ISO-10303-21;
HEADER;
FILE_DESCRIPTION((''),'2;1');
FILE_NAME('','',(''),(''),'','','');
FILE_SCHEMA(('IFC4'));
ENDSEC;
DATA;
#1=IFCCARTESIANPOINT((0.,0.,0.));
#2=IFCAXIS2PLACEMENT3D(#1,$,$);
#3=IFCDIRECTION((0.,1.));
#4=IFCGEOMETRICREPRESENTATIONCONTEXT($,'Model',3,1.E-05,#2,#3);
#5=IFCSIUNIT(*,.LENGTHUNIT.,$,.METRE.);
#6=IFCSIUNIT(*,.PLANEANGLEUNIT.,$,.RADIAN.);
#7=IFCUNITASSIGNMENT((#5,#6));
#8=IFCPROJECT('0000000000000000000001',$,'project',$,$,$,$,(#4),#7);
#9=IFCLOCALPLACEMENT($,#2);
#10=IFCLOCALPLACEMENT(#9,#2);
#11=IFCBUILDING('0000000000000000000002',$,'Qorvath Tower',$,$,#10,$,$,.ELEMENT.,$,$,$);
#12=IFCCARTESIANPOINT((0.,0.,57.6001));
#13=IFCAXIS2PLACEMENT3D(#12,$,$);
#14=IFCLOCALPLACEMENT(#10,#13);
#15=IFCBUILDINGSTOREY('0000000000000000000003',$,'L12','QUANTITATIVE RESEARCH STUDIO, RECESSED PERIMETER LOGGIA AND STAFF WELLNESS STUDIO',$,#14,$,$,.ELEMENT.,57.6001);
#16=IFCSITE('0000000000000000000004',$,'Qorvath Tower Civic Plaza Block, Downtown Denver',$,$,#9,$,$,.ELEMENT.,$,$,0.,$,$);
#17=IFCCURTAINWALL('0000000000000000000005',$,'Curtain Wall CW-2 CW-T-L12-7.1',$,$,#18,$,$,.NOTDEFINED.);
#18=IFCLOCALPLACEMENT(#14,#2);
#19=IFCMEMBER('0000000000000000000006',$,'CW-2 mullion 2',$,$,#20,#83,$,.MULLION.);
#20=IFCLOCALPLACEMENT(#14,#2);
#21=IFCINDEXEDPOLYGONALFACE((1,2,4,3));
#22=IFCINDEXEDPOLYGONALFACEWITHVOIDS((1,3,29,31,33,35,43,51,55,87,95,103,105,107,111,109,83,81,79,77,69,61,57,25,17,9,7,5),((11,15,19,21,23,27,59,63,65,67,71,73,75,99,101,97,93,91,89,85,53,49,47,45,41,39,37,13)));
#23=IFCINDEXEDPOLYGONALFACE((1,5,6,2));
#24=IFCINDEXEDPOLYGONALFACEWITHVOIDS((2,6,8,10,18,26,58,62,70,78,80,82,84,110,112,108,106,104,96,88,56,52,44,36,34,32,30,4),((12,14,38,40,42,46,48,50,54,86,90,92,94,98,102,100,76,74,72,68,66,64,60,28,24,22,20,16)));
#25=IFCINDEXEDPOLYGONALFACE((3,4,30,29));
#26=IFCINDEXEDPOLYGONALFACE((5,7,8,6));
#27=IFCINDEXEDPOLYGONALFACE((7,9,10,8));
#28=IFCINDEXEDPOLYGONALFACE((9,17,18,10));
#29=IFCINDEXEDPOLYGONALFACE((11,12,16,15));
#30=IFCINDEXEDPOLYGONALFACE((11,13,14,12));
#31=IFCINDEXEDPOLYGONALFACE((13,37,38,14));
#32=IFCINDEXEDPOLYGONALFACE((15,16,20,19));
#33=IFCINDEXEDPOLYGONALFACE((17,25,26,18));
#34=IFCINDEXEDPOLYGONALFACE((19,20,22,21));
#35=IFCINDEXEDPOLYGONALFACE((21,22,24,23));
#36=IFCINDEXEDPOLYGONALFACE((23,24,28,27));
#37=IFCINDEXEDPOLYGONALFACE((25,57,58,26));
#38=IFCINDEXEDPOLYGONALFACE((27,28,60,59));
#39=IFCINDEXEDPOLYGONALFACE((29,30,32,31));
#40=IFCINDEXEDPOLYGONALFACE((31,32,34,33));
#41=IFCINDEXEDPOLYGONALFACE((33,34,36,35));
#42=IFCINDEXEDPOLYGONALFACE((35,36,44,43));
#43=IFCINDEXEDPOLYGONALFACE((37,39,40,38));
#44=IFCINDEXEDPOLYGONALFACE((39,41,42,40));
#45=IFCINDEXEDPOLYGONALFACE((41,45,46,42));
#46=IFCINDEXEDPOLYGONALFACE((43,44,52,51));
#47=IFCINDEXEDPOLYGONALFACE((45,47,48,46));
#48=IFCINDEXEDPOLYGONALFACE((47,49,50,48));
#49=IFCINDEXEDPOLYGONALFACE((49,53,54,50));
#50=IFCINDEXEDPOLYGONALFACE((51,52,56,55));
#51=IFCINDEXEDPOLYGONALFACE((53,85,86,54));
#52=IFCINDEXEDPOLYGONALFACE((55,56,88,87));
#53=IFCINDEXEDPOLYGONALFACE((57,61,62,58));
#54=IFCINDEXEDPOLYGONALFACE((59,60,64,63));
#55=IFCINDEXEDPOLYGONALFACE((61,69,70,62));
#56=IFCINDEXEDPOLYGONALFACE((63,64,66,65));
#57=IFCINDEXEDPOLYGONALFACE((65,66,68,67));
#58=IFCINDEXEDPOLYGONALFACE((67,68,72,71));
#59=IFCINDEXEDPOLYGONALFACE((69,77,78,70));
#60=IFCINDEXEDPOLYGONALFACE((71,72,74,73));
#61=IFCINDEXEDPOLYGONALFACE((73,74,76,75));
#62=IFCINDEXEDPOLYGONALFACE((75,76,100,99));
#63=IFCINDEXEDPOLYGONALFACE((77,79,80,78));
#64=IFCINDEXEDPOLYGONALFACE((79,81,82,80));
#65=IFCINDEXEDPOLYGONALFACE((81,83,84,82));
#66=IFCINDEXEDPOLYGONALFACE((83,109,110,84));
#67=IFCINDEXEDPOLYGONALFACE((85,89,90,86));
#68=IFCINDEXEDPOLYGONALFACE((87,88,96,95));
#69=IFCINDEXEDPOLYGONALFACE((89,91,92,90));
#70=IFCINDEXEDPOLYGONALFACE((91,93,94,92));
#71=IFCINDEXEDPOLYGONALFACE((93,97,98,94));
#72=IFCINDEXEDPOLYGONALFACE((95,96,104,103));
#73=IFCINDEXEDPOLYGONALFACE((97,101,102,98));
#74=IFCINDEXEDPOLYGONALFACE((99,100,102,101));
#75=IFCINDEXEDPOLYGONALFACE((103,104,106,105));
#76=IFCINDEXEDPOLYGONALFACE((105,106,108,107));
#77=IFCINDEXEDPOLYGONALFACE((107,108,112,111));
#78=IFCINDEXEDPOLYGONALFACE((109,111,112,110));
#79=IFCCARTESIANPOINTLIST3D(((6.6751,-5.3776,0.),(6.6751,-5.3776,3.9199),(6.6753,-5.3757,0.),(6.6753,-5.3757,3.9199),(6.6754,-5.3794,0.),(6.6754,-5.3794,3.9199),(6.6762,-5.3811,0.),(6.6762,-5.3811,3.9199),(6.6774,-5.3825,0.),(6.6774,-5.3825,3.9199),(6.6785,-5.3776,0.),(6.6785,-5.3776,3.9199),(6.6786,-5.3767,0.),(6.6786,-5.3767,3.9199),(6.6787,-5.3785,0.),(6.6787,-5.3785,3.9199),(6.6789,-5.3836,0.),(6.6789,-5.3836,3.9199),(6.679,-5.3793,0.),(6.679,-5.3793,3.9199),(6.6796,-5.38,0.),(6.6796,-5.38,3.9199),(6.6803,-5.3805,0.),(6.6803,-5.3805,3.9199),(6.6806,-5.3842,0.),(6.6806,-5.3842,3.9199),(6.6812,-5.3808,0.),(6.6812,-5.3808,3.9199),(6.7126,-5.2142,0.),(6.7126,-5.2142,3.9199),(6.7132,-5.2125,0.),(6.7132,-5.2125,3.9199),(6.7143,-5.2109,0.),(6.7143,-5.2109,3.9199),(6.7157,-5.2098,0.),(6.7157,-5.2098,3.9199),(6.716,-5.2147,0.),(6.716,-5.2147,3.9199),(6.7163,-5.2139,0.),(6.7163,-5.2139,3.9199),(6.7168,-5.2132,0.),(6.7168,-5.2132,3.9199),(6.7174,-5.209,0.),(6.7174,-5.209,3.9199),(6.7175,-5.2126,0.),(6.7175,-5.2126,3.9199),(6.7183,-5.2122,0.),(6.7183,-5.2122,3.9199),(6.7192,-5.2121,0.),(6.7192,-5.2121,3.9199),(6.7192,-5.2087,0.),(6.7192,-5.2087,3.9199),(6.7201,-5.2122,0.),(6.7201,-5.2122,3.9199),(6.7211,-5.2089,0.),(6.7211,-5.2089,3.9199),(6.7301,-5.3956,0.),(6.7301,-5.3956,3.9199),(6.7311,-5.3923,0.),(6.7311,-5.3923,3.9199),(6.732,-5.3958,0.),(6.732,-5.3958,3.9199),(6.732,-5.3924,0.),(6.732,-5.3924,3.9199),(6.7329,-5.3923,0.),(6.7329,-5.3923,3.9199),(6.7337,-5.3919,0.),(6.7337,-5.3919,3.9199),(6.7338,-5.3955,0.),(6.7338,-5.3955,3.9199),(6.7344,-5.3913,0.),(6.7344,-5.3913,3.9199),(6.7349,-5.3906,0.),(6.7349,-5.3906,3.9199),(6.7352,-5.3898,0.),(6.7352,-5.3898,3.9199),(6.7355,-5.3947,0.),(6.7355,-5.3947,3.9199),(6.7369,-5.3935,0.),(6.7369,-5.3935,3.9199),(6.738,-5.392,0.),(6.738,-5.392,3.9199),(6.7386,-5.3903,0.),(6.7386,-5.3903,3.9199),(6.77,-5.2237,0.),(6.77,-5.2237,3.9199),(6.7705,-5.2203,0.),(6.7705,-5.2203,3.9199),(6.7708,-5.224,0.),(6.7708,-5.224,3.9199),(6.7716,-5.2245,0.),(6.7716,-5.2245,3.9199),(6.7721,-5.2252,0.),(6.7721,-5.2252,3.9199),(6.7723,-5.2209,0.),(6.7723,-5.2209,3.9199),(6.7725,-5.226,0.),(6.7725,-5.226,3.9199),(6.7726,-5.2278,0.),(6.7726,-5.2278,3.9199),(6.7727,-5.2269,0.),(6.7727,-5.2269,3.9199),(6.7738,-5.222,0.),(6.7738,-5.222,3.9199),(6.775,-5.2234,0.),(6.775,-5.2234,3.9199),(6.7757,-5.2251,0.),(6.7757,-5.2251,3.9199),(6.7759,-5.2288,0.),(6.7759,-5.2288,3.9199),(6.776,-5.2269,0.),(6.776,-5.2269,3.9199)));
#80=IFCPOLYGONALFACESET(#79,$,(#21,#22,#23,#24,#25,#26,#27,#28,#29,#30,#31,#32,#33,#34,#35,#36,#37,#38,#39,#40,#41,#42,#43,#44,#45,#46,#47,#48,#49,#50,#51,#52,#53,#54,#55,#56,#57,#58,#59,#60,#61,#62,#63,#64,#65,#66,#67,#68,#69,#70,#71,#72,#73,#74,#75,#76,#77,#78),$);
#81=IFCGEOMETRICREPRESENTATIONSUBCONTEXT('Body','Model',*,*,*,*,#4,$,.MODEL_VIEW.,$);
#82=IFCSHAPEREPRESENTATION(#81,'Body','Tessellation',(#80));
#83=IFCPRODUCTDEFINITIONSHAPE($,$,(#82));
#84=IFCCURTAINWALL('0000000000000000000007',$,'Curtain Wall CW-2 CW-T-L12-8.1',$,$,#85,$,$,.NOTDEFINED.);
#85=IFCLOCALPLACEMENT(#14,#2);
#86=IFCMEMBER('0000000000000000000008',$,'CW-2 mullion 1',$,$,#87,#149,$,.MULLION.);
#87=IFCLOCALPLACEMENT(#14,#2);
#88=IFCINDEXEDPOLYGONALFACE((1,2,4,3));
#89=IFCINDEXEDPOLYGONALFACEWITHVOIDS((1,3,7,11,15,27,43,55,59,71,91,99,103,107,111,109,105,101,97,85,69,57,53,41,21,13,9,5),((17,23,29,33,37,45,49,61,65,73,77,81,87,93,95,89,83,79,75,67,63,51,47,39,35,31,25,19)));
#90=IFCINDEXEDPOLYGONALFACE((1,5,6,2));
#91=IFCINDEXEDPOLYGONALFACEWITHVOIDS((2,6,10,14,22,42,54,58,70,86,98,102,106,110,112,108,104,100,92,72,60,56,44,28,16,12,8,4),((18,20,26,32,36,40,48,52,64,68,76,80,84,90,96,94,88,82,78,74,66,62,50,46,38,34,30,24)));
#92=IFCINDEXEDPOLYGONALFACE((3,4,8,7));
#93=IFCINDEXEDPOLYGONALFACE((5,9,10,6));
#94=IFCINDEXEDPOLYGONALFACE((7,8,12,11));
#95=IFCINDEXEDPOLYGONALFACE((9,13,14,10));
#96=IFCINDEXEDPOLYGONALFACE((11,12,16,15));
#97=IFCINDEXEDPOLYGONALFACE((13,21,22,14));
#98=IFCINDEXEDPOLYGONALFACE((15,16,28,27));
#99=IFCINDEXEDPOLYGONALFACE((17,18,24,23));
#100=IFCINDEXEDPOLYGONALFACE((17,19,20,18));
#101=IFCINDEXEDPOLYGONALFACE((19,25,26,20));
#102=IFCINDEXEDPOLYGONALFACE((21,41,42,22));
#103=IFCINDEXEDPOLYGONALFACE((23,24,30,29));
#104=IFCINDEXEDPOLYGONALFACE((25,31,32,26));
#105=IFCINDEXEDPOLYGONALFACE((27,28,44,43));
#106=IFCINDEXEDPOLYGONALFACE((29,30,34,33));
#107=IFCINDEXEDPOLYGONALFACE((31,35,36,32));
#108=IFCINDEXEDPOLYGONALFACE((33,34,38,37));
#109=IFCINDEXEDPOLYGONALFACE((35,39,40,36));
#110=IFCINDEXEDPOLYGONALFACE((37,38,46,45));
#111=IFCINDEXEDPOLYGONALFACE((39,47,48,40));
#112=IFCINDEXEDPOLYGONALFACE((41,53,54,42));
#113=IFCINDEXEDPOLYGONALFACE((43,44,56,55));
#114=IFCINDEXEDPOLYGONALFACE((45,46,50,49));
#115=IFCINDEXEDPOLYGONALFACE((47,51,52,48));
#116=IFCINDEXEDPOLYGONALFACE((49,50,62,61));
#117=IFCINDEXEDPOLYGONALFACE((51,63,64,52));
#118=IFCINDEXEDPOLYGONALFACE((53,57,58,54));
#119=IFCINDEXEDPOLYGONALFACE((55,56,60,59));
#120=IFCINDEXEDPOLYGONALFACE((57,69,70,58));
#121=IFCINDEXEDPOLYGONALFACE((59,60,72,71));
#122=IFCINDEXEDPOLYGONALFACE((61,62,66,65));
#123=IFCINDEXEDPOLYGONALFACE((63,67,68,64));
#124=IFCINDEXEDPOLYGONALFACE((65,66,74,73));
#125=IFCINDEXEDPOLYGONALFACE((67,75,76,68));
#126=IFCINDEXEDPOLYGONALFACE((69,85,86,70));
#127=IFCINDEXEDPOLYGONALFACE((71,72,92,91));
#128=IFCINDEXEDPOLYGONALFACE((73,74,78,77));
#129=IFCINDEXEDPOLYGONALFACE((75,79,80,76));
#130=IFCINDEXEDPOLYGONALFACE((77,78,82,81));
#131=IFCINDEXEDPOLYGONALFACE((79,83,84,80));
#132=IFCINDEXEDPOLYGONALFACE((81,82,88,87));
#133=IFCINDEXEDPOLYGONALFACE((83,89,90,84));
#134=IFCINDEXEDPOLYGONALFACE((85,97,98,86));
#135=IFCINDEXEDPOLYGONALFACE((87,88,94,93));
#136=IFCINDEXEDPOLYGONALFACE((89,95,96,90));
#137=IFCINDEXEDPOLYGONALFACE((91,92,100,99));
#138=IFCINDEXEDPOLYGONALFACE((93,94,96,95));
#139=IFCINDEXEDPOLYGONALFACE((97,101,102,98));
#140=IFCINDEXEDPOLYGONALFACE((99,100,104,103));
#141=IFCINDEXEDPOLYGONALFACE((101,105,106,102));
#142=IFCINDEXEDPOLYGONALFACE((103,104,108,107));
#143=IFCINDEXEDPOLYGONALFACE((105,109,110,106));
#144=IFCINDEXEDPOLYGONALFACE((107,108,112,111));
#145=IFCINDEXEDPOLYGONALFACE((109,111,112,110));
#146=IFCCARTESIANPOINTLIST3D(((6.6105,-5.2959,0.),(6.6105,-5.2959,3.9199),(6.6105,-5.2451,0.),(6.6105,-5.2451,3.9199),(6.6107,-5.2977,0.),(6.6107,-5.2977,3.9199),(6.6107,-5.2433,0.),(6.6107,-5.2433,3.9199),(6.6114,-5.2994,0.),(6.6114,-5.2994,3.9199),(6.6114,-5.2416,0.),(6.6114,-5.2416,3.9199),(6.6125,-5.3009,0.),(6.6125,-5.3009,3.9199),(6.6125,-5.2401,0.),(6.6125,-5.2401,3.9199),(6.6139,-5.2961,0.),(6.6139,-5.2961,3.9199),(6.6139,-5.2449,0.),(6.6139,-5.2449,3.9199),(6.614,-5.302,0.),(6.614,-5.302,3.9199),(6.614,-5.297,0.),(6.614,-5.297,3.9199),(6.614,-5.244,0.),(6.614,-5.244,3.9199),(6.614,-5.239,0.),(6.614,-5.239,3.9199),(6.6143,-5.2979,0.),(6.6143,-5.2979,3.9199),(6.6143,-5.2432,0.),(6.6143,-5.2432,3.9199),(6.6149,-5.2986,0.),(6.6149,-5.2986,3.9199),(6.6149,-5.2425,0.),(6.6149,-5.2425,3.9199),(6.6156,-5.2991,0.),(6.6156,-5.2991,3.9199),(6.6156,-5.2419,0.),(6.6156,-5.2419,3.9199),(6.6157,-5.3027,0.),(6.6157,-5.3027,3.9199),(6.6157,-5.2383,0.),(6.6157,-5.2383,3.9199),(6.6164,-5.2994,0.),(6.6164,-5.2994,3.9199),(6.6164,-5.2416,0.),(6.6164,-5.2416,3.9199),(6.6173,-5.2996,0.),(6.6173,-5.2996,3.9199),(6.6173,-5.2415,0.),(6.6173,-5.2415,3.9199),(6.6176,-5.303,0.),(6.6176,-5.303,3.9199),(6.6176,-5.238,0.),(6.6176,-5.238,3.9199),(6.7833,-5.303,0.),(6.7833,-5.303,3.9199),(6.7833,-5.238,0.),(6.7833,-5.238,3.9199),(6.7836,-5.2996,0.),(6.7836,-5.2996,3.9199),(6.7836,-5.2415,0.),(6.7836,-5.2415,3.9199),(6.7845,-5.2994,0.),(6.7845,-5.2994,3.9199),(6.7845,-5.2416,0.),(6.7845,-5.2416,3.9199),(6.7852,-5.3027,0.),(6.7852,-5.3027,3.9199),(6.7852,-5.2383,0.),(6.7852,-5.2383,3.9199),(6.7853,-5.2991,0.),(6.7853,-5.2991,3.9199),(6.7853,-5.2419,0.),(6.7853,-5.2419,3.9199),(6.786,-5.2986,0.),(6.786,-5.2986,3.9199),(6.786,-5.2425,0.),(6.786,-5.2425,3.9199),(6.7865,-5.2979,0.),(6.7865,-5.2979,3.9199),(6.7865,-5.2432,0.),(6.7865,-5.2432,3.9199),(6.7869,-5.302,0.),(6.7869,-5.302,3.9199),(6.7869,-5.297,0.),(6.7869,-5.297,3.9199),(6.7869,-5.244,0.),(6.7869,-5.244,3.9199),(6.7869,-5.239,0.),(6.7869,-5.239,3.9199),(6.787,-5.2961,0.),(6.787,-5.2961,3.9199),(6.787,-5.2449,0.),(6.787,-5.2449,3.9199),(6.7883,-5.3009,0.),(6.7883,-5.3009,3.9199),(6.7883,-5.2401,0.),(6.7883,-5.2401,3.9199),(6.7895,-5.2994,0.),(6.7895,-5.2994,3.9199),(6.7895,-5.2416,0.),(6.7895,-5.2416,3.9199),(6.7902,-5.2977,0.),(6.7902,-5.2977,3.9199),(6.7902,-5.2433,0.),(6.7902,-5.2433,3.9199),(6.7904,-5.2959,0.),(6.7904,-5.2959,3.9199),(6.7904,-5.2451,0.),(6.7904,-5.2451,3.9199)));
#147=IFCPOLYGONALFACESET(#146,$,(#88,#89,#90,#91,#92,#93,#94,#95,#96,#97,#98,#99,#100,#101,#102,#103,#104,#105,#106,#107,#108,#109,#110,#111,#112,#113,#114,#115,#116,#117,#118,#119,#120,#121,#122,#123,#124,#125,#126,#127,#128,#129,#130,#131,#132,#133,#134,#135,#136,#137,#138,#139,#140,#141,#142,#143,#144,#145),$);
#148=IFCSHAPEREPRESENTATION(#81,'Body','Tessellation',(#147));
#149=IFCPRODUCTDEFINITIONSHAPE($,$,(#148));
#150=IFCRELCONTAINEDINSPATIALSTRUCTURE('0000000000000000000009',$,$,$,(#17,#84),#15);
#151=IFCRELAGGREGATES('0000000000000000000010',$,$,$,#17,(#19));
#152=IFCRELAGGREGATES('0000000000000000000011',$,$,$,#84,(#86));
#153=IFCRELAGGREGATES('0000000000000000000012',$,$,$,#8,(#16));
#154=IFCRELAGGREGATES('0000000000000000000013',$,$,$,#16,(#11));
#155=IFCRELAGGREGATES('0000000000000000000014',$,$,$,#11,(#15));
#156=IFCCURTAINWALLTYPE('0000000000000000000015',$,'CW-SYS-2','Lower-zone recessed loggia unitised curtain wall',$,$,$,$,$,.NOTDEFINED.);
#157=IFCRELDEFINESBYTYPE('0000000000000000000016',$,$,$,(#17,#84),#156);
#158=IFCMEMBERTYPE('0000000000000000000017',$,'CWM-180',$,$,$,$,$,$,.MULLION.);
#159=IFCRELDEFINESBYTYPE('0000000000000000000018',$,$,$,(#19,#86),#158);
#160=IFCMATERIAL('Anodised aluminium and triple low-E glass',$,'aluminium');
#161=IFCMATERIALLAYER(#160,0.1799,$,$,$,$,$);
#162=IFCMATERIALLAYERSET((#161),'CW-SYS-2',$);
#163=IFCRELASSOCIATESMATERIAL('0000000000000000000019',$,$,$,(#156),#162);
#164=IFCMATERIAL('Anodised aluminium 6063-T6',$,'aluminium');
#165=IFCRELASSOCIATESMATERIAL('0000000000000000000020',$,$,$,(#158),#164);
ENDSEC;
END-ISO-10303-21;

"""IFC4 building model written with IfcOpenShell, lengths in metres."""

from ifc_helpers import new_model, si_unit, direction, frame, origin, origin_2d, place, context, subcontext, project, spatial, hollow_rectangle, extrude, material, layer, layer_set, material_profile, profile_set, type_object, element, aggregate, save


model = new_model("IFC4")

# Units and contexts
model_context = context("Model", 3, precision=1e-05, world=origin(), true_north=direction((0.0, 1.0)))
body_context = subcontext(model_context, "Body", "Model", "MODEL_VIEW")
ifc_project = project(units=[si_unit("LENGTHUNIT", "METRE"), si_unit("PLANEANGLEUNIT", "RADIAN")], contexts=[model_context])

# Site, building, storey
site_placement = place(None, origin())
site = spatial("IfcSite", under=ifc_project, at=site_placement, Name="Qorvath Tower Civic Plaza Block, Downtown Denver", CompositionType="ELEMENT", RefElevation=0.0)
building_placement = place(site_placement, origin())
building = spatial("IfcBuilding", under=site, at=building_placement, Name="Qorvath Tower", CompositionType="ELEMENT")
storey_placement = place(building_placement, frame((0.0, 0.0, 57.6001)))
storey = spatial("IfcBuildingStorey", under=building, at=storey_placement, Name="L12", Description="QUANTITATIVE RESEARCH STUDIO, RECESSED PERIMETER LOGGIA AND STAFF WELLNESS STUDIO", CompositionType="ELEMENT", Elevation=57.6001)

# Shared definitions
ifc_material_1 = material(Name="Anodised aluminium and triple low-E glass", Category="aluminium")
ifc_layer_1 = layer(ifc_material_1, 0.1799)
ifc_layer_set_1 = layer_set([ifc_layer_1], Name="CW-SYS-2")
curtain_wall_type = type_object("IfcCurtainWallType", Name="CW-SYS-2", Description="Lower-zone recessed loggia unitised curtain wall", PredefinedType="NOTDEFINED", material=ifc_layer_set_1)
ifc_material_2 = material(Name="Anodised aluminium 6063-T6", Category="aluminium")
ifc_material_profile_1 = material_profile(ifc_material_2, hollow_rectangle(XDim=0.0649, YDim=0.1799, WallThickness=0.0034, InnerFilletRadius=0.0034, OuterFilletRadius=0.0071, at=origin_2d()), Name="CWM 180x65")
ifc_profile_set_1 = profile_set([ifc_material_profile_1], Name="Anodised aluminium 6063-T6")
member_type_1 = type_object("IfcMemberType", Name="CWM-180", PredefinedType="MULLION", material=ifc_profile_set_1)

# Curtain walls, members
curtain_wall_1_placement = place(storey_placement, origin())
curtain_wall_1 = element("IfcCurtainWall", 1, at=curtain_wall_1_placement, inside=storey, type_object=curtain_wall_type, Name="Curtain Wall CW-2 CW-T-L12-7.1", PredefinedType="NOTDEFINED")
member_1_placement = place(storey_placement, frame((6.7256, -5.3022, 0.0), z_axis=(0.0, 0.0, 1.0), x_axis=(-0.974427, 0.224705, 0.0)))
member_1 = element("IfcMember", 2, at=member_1_placement, type_object=member_type_1, Name="CW-2 mullion 2", PredefinedType="MULLION", context=body_context, shape_type="SweptSolid", body=[
    extrude(hollow_rectangle(XDim=0.0649, YDim=0.1799, WallThickness=0.0034, InnerFilletRadius=0.0034, OuterFilletRadius=0.0071, at=origin_2d()), origin(), (0.0, 0.0, 1.0), 3.9199),
])
curtain_wall_2_placement = place(storey_placement, origin())
curtain_wall_2 = element("IfcCurtainWall", 3, at=curtain_wall_2_placement, inside=storey, type_object=curtain_wall_type, Name="Curtain Wall CW-2 CW-T-L12-8.1", PredefinedType="NOTDEFINED")
member_2_placement = place(storey_placement, frame((6.7004, -5.2705, 0.0), z_axis=(0.0, 0.0, 1.0), x_axis=(0.0, -1.0, 0.0)))
member_2 = element("IfcMember", 4, at=member_2_placement, type_object=member_type_1, Name="CW-2 mullion 1", PredefinedType="MULLION", context=body_context, shape_type="SweptSolid", body=[
    extrude(hollow_rectangle(XDim=0.0649, YDim=0.1799, WallThickness=0.0034, InnerFilletRadius=0.0034, OuterFilletRadius=0.0071, at=origin_2d()), origin(), (0.0, 0.0, 1.0), 3.9199),
])

aggregate(curtain_wall_1, [member_1])
aggregate(curtain_wall_2, [member_2])

save(model, "model.ifc")
